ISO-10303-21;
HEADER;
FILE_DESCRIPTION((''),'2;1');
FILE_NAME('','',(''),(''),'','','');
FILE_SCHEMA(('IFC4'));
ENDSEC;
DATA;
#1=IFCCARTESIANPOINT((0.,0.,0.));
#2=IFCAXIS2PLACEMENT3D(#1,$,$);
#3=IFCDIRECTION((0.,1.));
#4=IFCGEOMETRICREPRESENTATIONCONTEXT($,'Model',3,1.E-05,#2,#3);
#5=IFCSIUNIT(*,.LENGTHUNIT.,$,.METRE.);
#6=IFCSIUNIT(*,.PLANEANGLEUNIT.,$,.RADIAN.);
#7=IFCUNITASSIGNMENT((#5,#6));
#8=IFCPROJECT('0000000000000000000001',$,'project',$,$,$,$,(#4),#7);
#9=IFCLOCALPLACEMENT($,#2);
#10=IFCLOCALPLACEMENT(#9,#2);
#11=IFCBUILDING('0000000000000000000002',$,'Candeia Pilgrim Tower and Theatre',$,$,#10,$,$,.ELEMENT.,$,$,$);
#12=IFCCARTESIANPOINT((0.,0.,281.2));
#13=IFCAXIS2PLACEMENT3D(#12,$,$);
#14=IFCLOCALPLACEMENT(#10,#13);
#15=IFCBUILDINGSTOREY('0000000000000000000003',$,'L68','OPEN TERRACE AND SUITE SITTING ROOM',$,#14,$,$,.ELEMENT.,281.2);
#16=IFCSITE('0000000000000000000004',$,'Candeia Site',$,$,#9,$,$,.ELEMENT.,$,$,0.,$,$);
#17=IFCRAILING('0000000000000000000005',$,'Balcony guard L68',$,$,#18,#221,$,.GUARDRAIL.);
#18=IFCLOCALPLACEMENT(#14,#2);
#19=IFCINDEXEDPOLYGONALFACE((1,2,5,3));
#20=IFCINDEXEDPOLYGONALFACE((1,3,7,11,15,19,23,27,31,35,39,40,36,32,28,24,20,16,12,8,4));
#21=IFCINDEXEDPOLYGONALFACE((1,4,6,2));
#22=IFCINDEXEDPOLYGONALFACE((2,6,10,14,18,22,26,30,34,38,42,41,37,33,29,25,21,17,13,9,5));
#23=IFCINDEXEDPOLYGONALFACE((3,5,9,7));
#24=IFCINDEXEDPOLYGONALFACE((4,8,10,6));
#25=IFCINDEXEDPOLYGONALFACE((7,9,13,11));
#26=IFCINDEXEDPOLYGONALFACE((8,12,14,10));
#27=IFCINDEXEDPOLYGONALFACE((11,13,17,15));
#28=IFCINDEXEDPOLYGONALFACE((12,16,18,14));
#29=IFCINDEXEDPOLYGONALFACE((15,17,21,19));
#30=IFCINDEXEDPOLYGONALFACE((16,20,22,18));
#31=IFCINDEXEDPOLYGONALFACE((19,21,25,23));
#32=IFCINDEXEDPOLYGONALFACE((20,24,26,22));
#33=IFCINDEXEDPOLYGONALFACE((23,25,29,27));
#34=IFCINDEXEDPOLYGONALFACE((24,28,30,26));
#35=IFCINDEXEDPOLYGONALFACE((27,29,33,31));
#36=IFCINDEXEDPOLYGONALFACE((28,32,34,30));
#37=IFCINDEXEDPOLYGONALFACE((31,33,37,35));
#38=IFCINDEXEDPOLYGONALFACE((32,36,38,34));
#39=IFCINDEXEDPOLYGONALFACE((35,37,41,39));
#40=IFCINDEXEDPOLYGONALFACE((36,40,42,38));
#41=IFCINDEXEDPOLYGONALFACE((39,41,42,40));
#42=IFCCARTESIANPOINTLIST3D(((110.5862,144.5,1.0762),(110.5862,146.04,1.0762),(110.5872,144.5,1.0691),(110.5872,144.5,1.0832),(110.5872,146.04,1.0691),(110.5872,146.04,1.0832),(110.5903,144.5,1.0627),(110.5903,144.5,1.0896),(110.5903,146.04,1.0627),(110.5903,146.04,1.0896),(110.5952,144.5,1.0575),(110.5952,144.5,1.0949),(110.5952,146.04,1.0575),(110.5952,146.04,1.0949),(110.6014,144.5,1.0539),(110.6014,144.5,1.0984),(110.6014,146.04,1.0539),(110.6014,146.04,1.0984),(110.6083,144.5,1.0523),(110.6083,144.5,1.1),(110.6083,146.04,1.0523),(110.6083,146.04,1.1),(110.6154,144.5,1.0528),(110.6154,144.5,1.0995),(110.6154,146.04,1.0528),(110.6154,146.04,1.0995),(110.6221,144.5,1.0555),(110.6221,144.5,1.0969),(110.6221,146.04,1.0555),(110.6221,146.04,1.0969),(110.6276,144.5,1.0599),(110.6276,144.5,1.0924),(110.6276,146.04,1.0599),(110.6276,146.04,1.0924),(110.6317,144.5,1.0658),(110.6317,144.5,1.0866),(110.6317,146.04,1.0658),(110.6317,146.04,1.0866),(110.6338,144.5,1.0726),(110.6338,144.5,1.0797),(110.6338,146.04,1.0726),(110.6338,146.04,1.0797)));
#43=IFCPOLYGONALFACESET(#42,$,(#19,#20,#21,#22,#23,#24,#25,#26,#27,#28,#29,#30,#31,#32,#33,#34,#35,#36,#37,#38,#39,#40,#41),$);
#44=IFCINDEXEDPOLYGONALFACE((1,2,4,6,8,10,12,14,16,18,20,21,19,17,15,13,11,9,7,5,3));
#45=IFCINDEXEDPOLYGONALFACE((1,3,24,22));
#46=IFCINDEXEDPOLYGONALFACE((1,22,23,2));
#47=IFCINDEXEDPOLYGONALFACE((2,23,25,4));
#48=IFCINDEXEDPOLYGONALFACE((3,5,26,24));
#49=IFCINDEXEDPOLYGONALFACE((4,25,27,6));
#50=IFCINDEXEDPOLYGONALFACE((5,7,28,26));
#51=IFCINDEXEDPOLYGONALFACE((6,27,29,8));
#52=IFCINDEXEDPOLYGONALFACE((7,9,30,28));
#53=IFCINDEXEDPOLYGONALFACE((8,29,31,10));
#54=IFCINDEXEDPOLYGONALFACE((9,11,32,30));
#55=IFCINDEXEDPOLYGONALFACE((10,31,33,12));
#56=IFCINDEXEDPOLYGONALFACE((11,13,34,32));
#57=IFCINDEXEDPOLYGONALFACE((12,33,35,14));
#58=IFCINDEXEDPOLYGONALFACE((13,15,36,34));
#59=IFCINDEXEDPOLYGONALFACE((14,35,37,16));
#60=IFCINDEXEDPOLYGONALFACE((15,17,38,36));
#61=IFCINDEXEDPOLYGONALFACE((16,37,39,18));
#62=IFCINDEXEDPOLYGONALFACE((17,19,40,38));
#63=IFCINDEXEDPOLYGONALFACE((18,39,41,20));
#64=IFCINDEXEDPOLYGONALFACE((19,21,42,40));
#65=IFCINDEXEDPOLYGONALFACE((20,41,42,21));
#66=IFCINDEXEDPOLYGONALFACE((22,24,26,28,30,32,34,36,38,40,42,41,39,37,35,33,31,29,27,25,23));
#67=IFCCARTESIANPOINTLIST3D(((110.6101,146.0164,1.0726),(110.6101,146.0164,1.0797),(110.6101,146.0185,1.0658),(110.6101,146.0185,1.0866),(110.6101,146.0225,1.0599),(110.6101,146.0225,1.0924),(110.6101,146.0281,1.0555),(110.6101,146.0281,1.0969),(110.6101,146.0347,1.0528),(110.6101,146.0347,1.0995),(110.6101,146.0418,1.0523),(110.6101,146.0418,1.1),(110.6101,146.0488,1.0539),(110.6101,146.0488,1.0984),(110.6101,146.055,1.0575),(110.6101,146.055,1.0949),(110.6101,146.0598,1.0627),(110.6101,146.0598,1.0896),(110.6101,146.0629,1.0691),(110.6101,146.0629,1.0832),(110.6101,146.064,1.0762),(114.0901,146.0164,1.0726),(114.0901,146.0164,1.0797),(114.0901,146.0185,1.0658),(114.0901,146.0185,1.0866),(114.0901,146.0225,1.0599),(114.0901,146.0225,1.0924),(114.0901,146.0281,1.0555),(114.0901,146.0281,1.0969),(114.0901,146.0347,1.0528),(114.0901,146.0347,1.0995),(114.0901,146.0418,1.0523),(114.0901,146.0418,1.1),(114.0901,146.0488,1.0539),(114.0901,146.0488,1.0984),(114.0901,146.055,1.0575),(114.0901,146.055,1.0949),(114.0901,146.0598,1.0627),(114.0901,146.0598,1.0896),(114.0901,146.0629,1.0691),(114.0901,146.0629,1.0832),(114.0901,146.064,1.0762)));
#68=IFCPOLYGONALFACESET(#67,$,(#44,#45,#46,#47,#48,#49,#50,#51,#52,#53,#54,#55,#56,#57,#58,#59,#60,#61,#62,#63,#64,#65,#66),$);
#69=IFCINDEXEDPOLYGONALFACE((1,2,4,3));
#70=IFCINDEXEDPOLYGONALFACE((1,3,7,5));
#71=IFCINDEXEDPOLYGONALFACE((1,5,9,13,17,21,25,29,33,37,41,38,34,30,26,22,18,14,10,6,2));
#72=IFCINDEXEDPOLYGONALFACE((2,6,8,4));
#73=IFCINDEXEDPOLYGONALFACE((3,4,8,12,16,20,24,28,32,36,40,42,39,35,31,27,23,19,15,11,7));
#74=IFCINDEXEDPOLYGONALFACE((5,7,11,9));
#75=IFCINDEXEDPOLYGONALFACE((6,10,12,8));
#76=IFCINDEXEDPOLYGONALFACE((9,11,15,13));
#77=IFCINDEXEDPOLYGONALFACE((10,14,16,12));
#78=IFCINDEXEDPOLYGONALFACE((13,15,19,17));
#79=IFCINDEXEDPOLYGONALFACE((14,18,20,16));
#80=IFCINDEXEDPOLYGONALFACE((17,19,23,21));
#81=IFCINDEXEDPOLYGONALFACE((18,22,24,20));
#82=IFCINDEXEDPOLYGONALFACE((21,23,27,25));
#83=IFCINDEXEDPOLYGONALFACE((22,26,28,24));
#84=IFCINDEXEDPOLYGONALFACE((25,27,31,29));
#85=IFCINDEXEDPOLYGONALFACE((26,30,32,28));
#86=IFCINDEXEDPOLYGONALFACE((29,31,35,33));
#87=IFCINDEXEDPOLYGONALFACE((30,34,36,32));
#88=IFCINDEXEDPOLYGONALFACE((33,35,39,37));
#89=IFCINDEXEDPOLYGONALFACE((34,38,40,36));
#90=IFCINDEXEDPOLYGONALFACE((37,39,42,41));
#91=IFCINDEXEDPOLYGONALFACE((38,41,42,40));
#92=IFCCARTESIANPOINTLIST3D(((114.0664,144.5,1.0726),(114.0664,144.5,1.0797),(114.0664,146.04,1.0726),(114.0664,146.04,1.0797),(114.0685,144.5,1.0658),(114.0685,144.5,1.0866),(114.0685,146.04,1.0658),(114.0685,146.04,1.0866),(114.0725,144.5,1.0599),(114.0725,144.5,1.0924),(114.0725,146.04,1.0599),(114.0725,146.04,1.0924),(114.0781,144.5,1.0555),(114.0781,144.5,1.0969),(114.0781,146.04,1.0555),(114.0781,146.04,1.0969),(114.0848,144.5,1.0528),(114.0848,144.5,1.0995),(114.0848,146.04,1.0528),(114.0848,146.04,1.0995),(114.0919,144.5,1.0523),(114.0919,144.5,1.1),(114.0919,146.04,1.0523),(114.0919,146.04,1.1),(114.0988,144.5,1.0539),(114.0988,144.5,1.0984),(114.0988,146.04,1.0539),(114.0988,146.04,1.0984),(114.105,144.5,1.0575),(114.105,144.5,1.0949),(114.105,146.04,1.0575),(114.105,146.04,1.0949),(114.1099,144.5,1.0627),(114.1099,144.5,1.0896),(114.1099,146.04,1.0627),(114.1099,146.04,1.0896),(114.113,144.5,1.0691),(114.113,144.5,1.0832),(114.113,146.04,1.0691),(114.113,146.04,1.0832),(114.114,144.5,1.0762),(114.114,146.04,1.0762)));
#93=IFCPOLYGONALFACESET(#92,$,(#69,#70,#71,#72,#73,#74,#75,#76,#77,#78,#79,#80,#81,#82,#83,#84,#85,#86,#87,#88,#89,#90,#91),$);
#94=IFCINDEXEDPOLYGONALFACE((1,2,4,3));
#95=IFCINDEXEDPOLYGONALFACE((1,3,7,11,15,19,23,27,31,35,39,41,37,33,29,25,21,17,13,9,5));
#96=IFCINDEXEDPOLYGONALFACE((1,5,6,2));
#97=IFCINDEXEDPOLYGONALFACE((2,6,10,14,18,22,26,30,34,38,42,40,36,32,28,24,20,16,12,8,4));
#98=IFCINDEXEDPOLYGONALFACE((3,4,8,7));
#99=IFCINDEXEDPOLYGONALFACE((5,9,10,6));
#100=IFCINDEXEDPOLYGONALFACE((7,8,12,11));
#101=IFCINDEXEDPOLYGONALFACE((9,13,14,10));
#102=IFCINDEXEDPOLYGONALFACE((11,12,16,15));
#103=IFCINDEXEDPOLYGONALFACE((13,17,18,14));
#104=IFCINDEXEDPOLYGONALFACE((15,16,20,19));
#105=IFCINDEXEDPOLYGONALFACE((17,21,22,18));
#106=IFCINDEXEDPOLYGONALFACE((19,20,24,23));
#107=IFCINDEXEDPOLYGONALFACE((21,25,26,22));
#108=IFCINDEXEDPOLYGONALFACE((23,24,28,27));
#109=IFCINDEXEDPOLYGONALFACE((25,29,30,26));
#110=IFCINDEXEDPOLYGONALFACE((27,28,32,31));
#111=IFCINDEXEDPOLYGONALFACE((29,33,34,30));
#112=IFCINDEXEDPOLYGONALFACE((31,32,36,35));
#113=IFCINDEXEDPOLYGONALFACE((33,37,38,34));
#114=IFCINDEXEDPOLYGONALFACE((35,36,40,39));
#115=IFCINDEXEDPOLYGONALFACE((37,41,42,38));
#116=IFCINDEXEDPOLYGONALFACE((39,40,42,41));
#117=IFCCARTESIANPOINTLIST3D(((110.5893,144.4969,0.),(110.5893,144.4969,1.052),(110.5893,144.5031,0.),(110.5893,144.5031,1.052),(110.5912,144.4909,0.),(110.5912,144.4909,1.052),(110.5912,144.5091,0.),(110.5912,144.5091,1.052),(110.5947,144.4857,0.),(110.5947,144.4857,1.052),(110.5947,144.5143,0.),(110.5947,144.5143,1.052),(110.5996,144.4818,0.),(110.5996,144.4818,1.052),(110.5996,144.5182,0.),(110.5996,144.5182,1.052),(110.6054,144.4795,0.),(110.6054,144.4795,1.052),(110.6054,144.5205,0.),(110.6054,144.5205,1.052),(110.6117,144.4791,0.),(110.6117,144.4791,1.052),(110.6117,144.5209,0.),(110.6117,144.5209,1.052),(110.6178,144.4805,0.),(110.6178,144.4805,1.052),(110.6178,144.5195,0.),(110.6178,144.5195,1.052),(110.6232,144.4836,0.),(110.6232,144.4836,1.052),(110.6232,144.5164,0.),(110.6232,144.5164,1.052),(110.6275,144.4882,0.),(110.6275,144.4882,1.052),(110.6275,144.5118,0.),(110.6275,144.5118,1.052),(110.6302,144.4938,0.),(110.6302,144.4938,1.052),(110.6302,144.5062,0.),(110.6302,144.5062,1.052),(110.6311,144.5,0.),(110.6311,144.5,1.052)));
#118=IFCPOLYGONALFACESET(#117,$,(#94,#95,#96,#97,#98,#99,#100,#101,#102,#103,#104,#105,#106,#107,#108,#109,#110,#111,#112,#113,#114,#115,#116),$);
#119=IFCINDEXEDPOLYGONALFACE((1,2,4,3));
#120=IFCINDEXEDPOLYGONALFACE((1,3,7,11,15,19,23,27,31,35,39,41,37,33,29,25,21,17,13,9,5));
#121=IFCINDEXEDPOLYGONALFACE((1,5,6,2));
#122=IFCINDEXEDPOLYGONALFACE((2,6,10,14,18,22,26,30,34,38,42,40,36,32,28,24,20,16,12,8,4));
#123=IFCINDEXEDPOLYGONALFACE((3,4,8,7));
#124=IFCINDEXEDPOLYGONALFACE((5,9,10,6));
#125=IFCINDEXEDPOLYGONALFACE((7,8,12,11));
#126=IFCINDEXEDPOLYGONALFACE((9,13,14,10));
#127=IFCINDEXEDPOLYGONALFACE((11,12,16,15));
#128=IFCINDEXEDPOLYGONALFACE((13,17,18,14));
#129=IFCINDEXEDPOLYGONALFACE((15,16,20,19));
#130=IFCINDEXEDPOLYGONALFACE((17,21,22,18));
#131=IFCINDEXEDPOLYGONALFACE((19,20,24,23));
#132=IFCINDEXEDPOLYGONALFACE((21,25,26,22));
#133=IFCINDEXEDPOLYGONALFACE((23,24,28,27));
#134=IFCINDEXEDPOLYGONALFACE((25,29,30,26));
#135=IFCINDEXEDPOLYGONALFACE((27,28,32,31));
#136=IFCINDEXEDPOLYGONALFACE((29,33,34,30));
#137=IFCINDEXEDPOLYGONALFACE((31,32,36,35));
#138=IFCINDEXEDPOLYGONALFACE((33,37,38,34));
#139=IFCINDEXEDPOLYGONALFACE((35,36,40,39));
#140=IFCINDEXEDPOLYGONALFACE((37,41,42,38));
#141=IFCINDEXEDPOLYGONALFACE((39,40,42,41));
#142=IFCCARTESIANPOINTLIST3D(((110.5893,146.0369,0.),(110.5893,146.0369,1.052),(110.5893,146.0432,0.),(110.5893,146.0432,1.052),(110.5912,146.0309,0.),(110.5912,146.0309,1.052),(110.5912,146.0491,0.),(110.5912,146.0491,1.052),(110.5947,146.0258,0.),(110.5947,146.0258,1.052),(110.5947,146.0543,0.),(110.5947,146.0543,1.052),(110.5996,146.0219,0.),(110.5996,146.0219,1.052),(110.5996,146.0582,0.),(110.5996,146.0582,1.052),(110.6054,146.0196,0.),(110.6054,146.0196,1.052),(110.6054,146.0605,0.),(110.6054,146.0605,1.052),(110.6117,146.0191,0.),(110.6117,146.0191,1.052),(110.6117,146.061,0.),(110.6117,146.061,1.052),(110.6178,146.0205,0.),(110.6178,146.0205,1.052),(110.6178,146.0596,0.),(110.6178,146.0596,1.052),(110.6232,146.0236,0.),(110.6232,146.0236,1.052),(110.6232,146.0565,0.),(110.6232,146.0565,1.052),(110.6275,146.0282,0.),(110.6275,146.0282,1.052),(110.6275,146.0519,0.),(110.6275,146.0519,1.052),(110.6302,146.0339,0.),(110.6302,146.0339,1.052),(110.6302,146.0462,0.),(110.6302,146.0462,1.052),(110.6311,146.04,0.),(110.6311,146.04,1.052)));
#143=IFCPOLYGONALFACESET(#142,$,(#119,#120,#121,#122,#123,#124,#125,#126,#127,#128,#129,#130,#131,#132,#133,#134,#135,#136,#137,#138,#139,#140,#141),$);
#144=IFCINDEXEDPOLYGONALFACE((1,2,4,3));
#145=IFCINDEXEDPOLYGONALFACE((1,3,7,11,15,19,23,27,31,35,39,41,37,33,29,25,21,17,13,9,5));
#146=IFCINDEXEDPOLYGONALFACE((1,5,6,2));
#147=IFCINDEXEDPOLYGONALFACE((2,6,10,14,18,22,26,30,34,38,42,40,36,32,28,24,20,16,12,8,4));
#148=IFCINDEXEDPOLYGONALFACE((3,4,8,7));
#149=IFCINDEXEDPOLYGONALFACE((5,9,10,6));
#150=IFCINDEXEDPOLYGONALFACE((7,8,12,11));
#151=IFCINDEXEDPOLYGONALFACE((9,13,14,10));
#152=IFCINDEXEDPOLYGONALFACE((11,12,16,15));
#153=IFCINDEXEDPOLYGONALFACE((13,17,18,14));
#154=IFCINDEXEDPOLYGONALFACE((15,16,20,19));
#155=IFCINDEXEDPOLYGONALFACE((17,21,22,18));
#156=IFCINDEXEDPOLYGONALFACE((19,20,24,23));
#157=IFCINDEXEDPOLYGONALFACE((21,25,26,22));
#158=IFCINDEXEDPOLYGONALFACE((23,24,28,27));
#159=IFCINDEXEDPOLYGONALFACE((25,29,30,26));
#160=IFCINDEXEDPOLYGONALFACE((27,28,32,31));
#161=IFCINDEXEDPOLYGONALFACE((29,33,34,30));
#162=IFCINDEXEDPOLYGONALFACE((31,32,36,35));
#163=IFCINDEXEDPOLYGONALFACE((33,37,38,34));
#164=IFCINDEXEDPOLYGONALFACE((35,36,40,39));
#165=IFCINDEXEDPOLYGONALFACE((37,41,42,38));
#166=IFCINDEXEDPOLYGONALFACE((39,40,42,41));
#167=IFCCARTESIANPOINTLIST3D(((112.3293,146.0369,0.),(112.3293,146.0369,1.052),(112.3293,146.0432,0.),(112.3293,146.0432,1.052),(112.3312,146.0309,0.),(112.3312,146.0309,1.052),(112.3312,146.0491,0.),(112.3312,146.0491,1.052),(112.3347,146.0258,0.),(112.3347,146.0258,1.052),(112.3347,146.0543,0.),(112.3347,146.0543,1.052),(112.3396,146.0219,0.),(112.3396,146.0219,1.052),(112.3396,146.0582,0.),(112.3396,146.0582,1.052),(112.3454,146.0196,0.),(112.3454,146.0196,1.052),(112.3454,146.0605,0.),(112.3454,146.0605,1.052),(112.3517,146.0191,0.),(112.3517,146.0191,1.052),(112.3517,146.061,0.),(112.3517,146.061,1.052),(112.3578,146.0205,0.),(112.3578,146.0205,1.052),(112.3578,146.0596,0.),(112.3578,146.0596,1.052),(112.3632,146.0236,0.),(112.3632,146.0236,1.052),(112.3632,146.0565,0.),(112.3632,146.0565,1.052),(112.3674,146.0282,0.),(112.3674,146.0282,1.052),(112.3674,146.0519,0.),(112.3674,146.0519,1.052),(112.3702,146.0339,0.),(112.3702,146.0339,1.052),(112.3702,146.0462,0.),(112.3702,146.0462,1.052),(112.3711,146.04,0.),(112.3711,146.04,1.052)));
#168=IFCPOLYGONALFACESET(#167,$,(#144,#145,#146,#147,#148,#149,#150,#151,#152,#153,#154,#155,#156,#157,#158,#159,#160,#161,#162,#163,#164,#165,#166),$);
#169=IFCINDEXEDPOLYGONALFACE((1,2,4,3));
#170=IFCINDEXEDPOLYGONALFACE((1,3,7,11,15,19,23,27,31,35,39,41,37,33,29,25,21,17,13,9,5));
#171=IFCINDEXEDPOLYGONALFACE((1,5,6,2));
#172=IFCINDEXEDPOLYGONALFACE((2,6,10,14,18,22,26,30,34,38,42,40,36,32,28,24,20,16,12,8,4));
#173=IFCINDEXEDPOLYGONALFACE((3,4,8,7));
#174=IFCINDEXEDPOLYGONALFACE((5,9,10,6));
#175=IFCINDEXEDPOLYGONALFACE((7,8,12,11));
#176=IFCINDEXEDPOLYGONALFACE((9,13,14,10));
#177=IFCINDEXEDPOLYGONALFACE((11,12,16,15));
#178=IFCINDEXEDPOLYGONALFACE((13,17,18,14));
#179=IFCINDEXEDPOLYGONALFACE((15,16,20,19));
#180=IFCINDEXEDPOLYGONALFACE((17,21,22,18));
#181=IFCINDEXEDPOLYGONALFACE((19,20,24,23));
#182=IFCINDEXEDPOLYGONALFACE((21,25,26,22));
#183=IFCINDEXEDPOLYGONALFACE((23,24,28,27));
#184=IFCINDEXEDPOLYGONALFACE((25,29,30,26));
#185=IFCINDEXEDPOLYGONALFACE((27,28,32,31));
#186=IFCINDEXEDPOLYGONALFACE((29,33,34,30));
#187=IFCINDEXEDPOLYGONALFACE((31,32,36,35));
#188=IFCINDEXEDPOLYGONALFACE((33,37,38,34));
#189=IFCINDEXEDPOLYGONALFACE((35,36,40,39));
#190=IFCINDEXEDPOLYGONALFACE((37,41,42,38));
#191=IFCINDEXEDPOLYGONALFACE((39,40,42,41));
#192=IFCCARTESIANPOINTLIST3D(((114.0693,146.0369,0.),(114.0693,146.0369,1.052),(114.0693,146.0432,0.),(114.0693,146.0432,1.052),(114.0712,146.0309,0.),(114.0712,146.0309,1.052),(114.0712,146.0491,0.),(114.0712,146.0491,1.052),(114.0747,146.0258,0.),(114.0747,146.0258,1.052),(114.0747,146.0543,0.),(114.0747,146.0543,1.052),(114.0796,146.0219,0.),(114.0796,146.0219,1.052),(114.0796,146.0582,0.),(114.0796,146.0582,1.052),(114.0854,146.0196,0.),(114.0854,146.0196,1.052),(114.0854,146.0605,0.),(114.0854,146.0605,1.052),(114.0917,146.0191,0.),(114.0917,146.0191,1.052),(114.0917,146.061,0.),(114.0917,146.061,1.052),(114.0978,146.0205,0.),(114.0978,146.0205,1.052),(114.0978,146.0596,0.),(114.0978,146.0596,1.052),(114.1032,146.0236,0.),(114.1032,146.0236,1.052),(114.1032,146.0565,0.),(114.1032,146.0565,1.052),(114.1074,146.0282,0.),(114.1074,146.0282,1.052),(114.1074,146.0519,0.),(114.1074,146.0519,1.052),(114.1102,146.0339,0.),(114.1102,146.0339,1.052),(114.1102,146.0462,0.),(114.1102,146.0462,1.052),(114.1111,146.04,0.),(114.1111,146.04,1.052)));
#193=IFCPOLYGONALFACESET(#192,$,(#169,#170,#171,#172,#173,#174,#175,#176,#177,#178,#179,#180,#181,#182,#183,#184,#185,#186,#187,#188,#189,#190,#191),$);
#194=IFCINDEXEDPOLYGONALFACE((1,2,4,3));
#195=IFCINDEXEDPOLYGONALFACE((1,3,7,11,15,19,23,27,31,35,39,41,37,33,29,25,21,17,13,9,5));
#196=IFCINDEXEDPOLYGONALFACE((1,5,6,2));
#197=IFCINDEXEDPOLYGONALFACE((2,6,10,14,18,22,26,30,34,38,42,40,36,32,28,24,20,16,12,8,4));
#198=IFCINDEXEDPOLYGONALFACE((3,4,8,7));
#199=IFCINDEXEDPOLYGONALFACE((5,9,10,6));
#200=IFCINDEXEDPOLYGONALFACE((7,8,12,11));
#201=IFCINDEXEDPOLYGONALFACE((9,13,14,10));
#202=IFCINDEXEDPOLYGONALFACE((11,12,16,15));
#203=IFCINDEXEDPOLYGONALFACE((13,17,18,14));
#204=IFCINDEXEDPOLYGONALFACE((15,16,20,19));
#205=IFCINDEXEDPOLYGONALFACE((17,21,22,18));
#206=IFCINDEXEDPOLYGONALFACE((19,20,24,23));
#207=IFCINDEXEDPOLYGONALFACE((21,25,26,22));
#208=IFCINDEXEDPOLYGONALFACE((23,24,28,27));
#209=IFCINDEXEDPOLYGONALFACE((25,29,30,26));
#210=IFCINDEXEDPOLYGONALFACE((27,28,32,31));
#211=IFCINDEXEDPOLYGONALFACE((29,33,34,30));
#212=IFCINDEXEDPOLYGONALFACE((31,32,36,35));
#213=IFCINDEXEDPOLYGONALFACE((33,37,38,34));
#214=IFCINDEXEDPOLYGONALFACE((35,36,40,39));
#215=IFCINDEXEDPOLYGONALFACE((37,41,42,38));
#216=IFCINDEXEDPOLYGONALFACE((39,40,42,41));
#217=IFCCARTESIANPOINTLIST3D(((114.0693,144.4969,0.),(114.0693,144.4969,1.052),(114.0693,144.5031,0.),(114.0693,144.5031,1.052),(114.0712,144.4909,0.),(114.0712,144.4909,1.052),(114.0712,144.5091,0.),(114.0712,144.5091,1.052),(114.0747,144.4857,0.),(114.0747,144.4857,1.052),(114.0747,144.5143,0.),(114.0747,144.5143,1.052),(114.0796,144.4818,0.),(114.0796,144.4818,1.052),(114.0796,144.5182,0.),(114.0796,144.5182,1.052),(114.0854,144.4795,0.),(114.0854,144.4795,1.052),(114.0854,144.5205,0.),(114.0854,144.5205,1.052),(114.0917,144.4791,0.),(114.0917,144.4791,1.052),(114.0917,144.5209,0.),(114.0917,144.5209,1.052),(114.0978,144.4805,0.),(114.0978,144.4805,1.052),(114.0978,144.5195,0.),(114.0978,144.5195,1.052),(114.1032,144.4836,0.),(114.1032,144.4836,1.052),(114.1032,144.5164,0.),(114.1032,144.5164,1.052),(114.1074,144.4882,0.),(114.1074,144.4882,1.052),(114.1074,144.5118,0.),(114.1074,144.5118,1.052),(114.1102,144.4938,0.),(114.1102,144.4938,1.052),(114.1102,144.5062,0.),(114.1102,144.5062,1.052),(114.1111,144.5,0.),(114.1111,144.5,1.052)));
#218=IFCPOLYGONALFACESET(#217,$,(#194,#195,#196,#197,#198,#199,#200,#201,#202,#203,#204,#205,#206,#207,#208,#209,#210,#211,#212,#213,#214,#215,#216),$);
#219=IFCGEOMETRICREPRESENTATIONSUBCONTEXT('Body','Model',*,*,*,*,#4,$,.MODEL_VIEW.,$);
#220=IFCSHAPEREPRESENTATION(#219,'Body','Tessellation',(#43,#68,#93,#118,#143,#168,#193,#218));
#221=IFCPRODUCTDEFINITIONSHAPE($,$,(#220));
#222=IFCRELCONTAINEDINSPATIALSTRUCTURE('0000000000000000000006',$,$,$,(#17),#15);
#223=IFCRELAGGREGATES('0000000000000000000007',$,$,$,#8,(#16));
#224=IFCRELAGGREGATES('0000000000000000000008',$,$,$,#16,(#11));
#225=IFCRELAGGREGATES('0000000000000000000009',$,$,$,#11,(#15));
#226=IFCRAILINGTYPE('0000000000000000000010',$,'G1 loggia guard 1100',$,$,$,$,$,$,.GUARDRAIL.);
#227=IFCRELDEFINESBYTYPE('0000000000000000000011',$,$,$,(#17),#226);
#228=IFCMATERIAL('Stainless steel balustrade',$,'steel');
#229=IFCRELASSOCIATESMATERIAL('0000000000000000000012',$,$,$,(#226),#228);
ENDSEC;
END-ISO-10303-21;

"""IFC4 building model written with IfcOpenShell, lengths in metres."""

from ifc_helpers import new_model, si_unit, direction, frame, origin, origin_2d, place, context, subcontext, project, spatial, circle, extrude, material, type_object, element, save


model = new_model("IFC4")

# Units and contexts
model_context = context("Model", 3, precision=1e-05, world=origin(), true_north=direction((0.0, 1.0)))
body_context = subcontext(model_context, "Body", "Model", "MODEL_VIEW")
ifc_project = project(units=[si_unit("LENGTHUNIT", "METRE"), si_unit("PLANEANGLEUNIT", "RADIAN")], contexts=[model_context])

# Site, building, storey
site_placement = place(None, origin())
site = spatial("IfcSite", under=ifc_project, at=site_placement, Name="Candeia Site", CompositionType="ELEMENT", RefElevation=0.0)
building_placement = place(site_placement, origin())
building = spatial("IfcBuilding", under=site, at=building_placement, Name="Candeia Pilgrim Tower and Theatre", CompositionType="ELEMENT")
storey_placement = place(building_placement, frame((0.0, 0.0, 281.2)))
storey = spatial("IfcBuildingStorey", under=building, at=storey_placement, Name="L68", Description="OPEN TERRACE AND SUITE SITTING ROOM", CompositionType="ELEMENT", Elevation=281.2)

# Railing
ifc_material_1 = material(Name="Stainless steel balustrade", Category="steel")
railing_type = type_object("IfcRailingType", Name="G1 loggia guard 1100", PredefinedType="GUARDRAIL", material=ifc_material_1)
railing_placement = place(storey_placement, frame((110.6101, 144.5, 0.0)))
element("IfcRailing", 1, at=railing_placement, inside=storey, type_object=railing_type, Name="Balcony guard L68", PredefinedType="GUARDRAIL", context=body_context, shape_type="SweptSolid", body=[
    extrude(circle(Radius=0.0239, at=origin_2d()), frame((0.0, 0.0, 1.0762), z_axis=(0.0, 1.0, 0.0), x_axis=(-1.0, 0.0, 0.0)), (0.0, 0.0, 1.0), 1.54),
    extrude(circle(Radius=0.0239, at=origin_2d()), frame((0.0, 1.54, 1.0762), z_axis=(1.0, 0.0, 0.0), x_axis=(0.0, 1.0, 0.0)), (0.0, 0.0, 1.0), 3.48),
    extrude(circle(Radius=0.0239, at=origin_2d()), frame((3.48, 1.54, 1.0762), z_axis=(0.0, -1.0, 0.0), x_axis=(1.0, 0.0, 0.0)), (0.0, 0.0, 1.0), 1.54),
    extrude(circle(Radius=0.021, at=origin_2d()), origin(), (0.0, 0.0, 1.0), 1.052),
    extrude(circle(Radius=0.021, at=origin_2d()), frame((0.0, 1.54, 0.0)), (0.0, 0.0, 1.0), 1.052),
    extrude(circle(Radius=0.021, at=origin_2d()), frame((1.74, 1.54, 0.0)), (0.0, 0.0, 1.0), 1.052),
    extrude(circle(Radius=0.021, at=origin_2d()), frame((3.48, 1.54, 0.0)), (0.0, 0.0, 1.0), 1.052),
    extrude(circle(Radius=0.021, at=origin_2d()), frame((3.48, 0.0, 0.0)), (0.0, 0.0, 1.0), 1.052),
])

save(model, "model.ifc")
